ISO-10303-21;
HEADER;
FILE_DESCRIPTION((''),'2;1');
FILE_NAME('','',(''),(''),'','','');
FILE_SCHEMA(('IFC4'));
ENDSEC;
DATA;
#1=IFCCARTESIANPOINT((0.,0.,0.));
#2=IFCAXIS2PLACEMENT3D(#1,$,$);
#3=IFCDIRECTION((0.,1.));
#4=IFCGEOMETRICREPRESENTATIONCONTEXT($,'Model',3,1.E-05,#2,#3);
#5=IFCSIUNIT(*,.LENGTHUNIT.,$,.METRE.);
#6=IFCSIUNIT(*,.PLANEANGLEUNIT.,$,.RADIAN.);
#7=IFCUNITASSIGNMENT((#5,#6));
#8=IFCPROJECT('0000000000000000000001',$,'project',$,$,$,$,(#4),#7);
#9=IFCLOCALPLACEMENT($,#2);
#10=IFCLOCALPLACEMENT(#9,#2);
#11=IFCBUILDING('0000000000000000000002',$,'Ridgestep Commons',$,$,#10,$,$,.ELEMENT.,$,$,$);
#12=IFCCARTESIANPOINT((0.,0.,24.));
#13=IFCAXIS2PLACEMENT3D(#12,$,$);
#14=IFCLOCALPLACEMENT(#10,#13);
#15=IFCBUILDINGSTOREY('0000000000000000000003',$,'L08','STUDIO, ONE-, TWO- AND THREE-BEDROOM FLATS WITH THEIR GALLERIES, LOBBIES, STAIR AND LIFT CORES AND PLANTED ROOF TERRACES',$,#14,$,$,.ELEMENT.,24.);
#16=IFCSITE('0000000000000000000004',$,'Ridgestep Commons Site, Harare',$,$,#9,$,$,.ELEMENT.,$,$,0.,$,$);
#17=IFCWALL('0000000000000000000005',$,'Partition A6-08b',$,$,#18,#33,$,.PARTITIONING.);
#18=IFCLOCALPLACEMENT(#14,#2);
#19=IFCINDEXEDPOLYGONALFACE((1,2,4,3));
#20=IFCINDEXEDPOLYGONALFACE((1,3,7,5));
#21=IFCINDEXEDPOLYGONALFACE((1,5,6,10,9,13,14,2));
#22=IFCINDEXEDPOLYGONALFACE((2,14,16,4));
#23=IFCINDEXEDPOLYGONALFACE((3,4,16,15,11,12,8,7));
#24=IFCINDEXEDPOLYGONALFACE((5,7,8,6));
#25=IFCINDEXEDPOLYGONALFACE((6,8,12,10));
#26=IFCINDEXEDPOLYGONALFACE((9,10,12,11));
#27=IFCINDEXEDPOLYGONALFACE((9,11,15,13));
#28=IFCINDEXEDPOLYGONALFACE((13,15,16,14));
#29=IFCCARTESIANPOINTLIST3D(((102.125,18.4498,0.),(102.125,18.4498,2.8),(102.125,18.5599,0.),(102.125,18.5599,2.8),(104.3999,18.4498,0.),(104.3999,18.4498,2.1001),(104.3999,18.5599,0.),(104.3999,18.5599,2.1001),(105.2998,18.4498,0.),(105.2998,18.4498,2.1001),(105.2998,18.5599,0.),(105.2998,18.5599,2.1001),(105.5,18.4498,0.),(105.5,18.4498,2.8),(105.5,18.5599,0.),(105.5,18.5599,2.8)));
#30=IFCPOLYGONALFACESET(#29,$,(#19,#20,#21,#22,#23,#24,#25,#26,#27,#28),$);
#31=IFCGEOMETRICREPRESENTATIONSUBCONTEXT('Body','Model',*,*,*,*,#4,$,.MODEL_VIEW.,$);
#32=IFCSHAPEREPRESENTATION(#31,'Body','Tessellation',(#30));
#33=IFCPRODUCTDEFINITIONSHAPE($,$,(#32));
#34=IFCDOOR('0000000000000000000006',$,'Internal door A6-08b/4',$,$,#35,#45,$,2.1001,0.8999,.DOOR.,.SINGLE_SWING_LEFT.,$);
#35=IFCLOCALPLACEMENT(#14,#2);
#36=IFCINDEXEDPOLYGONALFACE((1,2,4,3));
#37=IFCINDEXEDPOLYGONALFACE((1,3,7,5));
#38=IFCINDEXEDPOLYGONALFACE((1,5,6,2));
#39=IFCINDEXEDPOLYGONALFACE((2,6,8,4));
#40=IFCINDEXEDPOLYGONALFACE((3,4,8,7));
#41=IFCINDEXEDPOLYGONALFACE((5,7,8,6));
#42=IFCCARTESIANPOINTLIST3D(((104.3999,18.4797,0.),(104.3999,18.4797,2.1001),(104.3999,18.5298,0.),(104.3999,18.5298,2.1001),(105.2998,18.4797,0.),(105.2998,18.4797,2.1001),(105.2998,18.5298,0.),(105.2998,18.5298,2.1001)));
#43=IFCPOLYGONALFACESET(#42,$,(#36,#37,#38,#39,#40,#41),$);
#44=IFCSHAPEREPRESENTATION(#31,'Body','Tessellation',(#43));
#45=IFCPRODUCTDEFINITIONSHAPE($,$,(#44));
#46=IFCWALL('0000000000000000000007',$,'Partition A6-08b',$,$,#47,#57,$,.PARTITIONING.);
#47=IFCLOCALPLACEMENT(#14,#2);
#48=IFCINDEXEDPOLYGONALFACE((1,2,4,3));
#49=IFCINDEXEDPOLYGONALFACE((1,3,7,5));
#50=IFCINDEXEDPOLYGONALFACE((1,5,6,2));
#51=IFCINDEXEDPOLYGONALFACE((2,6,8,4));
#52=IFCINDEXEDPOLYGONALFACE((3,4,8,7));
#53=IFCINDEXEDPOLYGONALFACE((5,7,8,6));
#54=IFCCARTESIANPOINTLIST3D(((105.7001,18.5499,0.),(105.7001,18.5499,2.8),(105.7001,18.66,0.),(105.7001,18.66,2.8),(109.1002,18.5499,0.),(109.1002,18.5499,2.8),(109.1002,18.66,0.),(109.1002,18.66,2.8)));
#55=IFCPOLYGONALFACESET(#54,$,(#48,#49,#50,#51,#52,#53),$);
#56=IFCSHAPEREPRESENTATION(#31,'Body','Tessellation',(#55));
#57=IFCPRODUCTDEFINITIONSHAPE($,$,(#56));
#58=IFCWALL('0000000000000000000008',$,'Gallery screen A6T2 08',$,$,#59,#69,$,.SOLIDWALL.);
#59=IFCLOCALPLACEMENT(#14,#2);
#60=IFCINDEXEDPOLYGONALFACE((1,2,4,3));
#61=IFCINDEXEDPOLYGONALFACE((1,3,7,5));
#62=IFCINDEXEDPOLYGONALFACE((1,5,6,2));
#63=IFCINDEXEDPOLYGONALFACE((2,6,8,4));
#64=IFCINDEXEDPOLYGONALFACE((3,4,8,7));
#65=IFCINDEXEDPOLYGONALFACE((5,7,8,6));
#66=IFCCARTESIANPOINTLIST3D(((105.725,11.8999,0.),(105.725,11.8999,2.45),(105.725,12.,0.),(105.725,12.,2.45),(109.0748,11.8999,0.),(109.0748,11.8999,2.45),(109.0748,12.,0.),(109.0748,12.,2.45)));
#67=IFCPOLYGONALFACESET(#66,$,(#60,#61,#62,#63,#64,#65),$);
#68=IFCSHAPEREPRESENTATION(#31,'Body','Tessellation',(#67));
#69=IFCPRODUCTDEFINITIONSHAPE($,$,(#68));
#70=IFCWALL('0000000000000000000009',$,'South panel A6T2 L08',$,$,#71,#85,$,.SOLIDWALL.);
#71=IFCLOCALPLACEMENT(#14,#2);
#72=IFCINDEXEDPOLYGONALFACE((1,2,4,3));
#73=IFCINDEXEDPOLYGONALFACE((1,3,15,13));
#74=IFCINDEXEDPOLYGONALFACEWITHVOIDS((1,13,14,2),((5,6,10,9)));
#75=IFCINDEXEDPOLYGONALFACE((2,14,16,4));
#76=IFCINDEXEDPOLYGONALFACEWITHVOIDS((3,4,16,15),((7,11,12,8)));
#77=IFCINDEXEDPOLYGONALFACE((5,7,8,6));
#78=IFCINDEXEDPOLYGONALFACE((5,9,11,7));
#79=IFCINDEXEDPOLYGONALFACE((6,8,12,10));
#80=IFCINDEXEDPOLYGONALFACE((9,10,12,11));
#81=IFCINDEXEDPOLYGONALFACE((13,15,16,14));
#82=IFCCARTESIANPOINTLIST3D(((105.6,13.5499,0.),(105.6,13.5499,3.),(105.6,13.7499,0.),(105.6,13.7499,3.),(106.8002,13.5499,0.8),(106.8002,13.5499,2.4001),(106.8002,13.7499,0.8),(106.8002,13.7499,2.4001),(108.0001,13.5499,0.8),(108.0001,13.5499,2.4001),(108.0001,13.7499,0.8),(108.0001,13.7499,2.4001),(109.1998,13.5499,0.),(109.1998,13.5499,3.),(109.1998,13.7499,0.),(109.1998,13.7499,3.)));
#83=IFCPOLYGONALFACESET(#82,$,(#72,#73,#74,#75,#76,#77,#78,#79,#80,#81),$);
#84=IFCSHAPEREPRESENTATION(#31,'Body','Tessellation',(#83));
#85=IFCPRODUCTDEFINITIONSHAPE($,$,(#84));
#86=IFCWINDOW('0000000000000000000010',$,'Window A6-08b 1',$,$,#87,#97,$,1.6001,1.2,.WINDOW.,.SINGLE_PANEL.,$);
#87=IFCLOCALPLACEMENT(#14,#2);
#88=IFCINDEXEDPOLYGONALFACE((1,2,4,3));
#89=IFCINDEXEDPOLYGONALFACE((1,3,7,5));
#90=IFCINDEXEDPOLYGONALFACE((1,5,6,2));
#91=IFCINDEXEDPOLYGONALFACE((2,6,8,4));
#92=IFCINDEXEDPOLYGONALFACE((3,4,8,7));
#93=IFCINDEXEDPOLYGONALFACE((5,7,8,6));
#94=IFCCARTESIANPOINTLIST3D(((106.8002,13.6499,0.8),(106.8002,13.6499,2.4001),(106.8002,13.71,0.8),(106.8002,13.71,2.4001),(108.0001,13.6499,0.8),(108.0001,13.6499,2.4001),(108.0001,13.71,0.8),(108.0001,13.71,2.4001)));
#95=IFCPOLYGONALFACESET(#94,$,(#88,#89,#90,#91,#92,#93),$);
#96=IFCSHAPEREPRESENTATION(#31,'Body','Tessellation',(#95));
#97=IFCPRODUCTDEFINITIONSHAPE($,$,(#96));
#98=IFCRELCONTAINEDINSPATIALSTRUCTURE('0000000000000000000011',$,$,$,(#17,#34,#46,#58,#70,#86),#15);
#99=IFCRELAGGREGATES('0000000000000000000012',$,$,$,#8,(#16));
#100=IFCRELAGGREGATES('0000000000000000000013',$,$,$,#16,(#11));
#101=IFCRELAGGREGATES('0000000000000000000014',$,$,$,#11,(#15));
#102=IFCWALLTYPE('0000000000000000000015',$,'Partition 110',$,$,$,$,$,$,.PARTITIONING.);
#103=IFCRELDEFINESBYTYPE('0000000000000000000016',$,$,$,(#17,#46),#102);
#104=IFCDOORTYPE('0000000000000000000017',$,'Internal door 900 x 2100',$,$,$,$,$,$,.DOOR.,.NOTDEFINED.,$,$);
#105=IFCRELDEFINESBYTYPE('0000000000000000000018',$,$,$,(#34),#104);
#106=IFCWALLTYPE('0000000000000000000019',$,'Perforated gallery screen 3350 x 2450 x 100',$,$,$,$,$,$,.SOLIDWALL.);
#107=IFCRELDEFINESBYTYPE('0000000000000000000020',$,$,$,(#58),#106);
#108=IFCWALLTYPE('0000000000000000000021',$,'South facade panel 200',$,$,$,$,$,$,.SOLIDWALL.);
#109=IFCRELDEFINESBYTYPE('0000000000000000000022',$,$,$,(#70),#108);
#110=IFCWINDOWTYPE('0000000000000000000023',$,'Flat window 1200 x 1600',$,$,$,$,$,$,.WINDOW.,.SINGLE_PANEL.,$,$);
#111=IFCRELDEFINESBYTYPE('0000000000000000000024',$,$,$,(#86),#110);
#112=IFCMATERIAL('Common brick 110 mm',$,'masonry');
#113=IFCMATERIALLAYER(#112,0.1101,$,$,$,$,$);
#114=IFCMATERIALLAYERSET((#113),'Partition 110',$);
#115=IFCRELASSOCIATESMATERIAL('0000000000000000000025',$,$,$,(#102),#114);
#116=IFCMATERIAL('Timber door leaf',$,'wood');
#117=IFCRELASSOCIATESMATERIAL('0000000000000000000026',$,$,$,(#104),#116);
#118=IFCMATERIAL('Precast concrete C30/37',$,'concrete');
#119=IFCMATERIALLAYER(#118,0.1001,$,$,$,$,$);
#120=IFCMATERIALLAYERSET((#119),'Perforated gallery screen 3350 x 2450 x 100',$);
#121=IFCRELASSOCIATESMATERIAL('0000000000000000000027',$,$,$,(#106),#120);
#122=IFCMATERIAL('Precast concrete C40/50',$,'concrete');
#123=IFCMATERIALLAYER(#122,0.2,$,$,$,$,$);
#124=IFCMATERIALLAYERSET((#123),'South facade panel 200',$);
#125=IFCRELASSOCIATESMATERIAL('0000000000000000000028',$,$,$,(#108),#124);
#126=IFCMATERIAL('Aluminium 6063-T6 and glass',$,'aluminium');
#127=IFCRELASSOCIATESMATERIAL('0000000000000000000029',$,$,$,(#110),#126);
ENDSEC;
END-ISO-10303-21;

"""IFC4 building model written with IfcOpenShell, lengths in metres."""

from ifc_helpers import new_model, si_unit, direction, frame, frame_2d, origin, place, context, subcontext, project, spatial, rectangle, extrude, material, layer, layer_set, type_object, element, fill, save


model = new_model("IFC4")

# Units and contexts
model_context = context("Model", 3, precision=1e-05, world=origin(), true_north=direction((0.0, 1.0)))
body_context = subcontext(model_context, "Body", "Model", "MODEL_VIEW")
ifc_project = project(units=[si_unit("LENGTHUNIT", "METRE"), si_unit("PLANEANGLEUNIT", "RADIAN")], contexts=[model_context])

# Site, building, storey
site_placement = place(None, origin())
site = spatial("IfcSite", under=ifc_project, at=site_placement, Name="Ridgestep Commons Site, Harare", CompositionType="ELEMENT", RefElevation=0.0)
building_placement = place(site_placement, origin())
building = spatial("IfcBuilding", under=site, at=building_placement, Name="Ridgestep Commons", CompositionType="ELEMENT")
storey_placement = place(building_placement, frame((0.0, 0.0, 24.0)))
storey = spatial("IfcBuildingStorey", under=building, at=storey_placement, Name="L08", Description="STUDIO, ONE-, TWO- AND THREE-BEDROOM FLATS WITH THEIR GALLERIES, LOBBIES, STAIR AND LIFT CORES AND PLANTED ROOF TERRACES", CompositionType="ELEMENT", Elevation=24.0)

# Shared definitions
ifc_material_1 = material(Name="Common brick 110 mm", Category="masonry")
ifc_layer_1 = layer(ifc_material_1, 0.1101)
ifc_layer_set_1 = layer_set([ifc_layer_1], Name="Partition 110")
wall_type_1 = type_object("IfcWallType", Name="Partition 110", PredefinedType="PARTITIONING", material=ifc_layer_set_1)

# Wall, opening, door
wall_1_placement = place(storey_placement, frame((102.125, 18.5049, 0.0), z_axis=(0.0, 0.0, 1.0), x_axis=(1.0, 0.0, 0.0)))
wall_1 = element("IfcWall", 1, at=wall_1_placement, inside=storey, type_object=wall_type_1, Name="Partition A6-08b", PredefinedType="PARTITIONING", context=body_context, shape_type="SweptSolid", body=[
    extrude(rectangle(XDim=3.375, YDim=0.1101, at=frame_2d((1.6875, 0.0))), origin(), (0.0, 0.0, 1.0), 2.8),
])
opening_1_placement = place(wall_1_placement, frame((2.2749, 0.0, 0.0)))
opening_1 = element("IfcOpeningElement", 2, at=opening_1_placement, cuts=wall_1, PredefinedType="OPENING", context=body_context, shape_type="SweptSolid", body=[
    extrude(rectangle(XDim=0.8999, YDim=2.1001, at=frame_2d((0.45, 1.05))), frame((0.0, 0.0649, 0.0), z_axis=(0.0, -1.0, 0.0), x_axis=(1.0, 0.0, 0.0)), (0.0, 0.0, 1.0), 0.1301),
])
ifc_material_2 = material(Name="Timber door leaf", Category="wood")
door_type_1 = type_object("IfcDoorType", Name="Internal door 900 x 2100", OperationType="NOTDEFINED", PredefinedType="DOOR", material=ifc_material_2)
door_1_placement = place(opening_1_placement, origin())
door_1 = element("IfcDoor", 3, at=door_1_placement, inside=storey, type_object=door_type_1, Name="Internal door A6-08b/4", OperationType="SINGLE_SWING_LEFT", OverallHeight=2.1001, OverallWidth=0.8999, PredefinedType="DOOR", context=body_context, shape_type="SweptSolid", body=[
    extrude(rectangle(XDim=0.8999, YDim=2.1001, at=frame_2d((0.45, 1.05))), frame((0.0, 0.0249, 0.0), z_axis=(0.0, -1.0, 0.0), x_axis=(1.0, 0.0, 0.0)), (0.0, 0.0, 1.0), 0.05),
])
fill(opening_1, door_1)

# Walls
wall_2_placement = place(storey_placement, frame((105.7, 18.605, 0.0), z_axis=(0.0, 0.0, 1.0), x_axis=(1.0, 0.0, 0.0)))
element("IfcWall", 4, at=wall_2_placement, inside=storey, type_object=wall_type_1, Name="Partition A6-08b", PredefinedType="PARTITIONING", context=body_context, shape_type="SweptSolid", body=[
    extrude(rectangle(XDim=3.4001, YDim=0.1101, at=frame_2d((1.7002, 0.0))), origin(), (0.0, 0.0, 1.0), 2.8),
])
ifc_material_3 = material(Name="Precast concrete C30/37", Category="concrete")
ifc_layer_2 = layer(ifc_material_3, 0.1001)
ifc_layer_set_2 = layer_set([ifc_layer_2], Name="Perforated gallery screen 3350 x 2450 x 100")
wall_type_2 = type_object("IfcWallType", Name="Perforated gallery screen 3350 x 2450 x 100", PredefinedType="SOLIDWALL", material=ifc_layer_set_2)
wall_3_placement = place(storey_placement, frame((105.7251, 11.95, 0.0), z_axis=(0.0, 0.0, 1.0), x_axis=(1.0, 0.0, 0.0)))
element("IfcWall", 5, at=wall_3_placement, inside=storey, type_object=wall_type_2, Name="Gallery screen A6T2 08", PredefinedType="SOLIDWALL", context=body_context, shape_type="SweptSolid", body=[
    extrude(rectangle(XDim=3.3499, YDim=0.1001, at=frame_2d((1.6748, 0.0))), origin(), (0.0, 0.0, 1.0), 2.45),
])

# Wall, opening, window
ifc_material_4 = material(Name="Precast concrete C40/50", Category="concrete")
ifc_layer_3 = layer(ifc_material_4, 0.2)
ifc_layer_set_3 = layer_set([ifc_layer_3], Name="South facade panel 200")
wall_type_3 = type_object("IfcWallType", Name="South facade panel 200", PredefinedType="SOLIDWALL", material=ifc_layer_set_3)
wall_4_placement = place(storey_placement, frame((105.6001, 13.6499, 0.0), z_axis=(0.0, 0.0, 1.0), x_axis=(1.0, 0.0, 0.0)))
wall_4 = element("IfcWall", 6, at=wall_4_placement, inside=storey, type_object=wall_type_3, Name="South panel A6T2 L08", PredefinedType="SOLIDWALL", context=body_context, shape_type="SweptSolid", body=[
    extrude(rectangle(XDim=3.5999, YDim=0.2, at=frame_2d((1.7998, 0.0))), origin(), (0.0, 0.0, 1.0), 3.0),
])
opening_2_placement = place(wall_4_placement, frame((1.2, 0.0, 0.8)))
opening_2 = element("IfcOpeningElement", 7, at=opening_2_placement, cuts=wall_4, PredefinedType="OPENING", context=body_context, shape_type="SweptSolid", body=[
    extrude(rectangle(XDim=1.2, YDim=1.6001, at=frame_2d((0.6001, 0.8))), frame((0.0, 0.1099, 0.0), z_axis=(0.0, -1.0, 0.0), x_axis=(1.0, 0.0, 0.0)), (0.0, 0.0, 1.0), 0.22),
])
ifc_material_5 = material(Name="Aluminium 6063-T6 and glass", Category="aluminium")
window_type = type_object("IfcWindowType", Name="Flat window 1200 x 1600", PartitioningType="SINGLE_PANEL", PredefinedType="WINDOW", material=ifc_material_5)
window_placement = place(opening_2_placement, origin())
window = element("IfcWindow", 8, at=window_placement, inside=storey, type_object=window_type, Name="Window A6-08b 1", OverallHeight=1.6001, OverallWidth=1.2, PartitioningType="SINGLE_PANEL", PredefinedType="WINDOW", context=body_context, shape_type="SweptSolid", body=[
    extrude(rectangle(XDim=1.2, YDim=1.6001, at=frame_2d((0.6001, 0.8))), frame((0.0, 0.0601, 0.0), z_axis=(0.0, -1.0, 0.0), x_axis=(1.0, 0.0, 0.0)), (0.0, 0.0, 1.0), 0.0601),
])
fill(opening_2, window)

save(model, "model.ifc")
